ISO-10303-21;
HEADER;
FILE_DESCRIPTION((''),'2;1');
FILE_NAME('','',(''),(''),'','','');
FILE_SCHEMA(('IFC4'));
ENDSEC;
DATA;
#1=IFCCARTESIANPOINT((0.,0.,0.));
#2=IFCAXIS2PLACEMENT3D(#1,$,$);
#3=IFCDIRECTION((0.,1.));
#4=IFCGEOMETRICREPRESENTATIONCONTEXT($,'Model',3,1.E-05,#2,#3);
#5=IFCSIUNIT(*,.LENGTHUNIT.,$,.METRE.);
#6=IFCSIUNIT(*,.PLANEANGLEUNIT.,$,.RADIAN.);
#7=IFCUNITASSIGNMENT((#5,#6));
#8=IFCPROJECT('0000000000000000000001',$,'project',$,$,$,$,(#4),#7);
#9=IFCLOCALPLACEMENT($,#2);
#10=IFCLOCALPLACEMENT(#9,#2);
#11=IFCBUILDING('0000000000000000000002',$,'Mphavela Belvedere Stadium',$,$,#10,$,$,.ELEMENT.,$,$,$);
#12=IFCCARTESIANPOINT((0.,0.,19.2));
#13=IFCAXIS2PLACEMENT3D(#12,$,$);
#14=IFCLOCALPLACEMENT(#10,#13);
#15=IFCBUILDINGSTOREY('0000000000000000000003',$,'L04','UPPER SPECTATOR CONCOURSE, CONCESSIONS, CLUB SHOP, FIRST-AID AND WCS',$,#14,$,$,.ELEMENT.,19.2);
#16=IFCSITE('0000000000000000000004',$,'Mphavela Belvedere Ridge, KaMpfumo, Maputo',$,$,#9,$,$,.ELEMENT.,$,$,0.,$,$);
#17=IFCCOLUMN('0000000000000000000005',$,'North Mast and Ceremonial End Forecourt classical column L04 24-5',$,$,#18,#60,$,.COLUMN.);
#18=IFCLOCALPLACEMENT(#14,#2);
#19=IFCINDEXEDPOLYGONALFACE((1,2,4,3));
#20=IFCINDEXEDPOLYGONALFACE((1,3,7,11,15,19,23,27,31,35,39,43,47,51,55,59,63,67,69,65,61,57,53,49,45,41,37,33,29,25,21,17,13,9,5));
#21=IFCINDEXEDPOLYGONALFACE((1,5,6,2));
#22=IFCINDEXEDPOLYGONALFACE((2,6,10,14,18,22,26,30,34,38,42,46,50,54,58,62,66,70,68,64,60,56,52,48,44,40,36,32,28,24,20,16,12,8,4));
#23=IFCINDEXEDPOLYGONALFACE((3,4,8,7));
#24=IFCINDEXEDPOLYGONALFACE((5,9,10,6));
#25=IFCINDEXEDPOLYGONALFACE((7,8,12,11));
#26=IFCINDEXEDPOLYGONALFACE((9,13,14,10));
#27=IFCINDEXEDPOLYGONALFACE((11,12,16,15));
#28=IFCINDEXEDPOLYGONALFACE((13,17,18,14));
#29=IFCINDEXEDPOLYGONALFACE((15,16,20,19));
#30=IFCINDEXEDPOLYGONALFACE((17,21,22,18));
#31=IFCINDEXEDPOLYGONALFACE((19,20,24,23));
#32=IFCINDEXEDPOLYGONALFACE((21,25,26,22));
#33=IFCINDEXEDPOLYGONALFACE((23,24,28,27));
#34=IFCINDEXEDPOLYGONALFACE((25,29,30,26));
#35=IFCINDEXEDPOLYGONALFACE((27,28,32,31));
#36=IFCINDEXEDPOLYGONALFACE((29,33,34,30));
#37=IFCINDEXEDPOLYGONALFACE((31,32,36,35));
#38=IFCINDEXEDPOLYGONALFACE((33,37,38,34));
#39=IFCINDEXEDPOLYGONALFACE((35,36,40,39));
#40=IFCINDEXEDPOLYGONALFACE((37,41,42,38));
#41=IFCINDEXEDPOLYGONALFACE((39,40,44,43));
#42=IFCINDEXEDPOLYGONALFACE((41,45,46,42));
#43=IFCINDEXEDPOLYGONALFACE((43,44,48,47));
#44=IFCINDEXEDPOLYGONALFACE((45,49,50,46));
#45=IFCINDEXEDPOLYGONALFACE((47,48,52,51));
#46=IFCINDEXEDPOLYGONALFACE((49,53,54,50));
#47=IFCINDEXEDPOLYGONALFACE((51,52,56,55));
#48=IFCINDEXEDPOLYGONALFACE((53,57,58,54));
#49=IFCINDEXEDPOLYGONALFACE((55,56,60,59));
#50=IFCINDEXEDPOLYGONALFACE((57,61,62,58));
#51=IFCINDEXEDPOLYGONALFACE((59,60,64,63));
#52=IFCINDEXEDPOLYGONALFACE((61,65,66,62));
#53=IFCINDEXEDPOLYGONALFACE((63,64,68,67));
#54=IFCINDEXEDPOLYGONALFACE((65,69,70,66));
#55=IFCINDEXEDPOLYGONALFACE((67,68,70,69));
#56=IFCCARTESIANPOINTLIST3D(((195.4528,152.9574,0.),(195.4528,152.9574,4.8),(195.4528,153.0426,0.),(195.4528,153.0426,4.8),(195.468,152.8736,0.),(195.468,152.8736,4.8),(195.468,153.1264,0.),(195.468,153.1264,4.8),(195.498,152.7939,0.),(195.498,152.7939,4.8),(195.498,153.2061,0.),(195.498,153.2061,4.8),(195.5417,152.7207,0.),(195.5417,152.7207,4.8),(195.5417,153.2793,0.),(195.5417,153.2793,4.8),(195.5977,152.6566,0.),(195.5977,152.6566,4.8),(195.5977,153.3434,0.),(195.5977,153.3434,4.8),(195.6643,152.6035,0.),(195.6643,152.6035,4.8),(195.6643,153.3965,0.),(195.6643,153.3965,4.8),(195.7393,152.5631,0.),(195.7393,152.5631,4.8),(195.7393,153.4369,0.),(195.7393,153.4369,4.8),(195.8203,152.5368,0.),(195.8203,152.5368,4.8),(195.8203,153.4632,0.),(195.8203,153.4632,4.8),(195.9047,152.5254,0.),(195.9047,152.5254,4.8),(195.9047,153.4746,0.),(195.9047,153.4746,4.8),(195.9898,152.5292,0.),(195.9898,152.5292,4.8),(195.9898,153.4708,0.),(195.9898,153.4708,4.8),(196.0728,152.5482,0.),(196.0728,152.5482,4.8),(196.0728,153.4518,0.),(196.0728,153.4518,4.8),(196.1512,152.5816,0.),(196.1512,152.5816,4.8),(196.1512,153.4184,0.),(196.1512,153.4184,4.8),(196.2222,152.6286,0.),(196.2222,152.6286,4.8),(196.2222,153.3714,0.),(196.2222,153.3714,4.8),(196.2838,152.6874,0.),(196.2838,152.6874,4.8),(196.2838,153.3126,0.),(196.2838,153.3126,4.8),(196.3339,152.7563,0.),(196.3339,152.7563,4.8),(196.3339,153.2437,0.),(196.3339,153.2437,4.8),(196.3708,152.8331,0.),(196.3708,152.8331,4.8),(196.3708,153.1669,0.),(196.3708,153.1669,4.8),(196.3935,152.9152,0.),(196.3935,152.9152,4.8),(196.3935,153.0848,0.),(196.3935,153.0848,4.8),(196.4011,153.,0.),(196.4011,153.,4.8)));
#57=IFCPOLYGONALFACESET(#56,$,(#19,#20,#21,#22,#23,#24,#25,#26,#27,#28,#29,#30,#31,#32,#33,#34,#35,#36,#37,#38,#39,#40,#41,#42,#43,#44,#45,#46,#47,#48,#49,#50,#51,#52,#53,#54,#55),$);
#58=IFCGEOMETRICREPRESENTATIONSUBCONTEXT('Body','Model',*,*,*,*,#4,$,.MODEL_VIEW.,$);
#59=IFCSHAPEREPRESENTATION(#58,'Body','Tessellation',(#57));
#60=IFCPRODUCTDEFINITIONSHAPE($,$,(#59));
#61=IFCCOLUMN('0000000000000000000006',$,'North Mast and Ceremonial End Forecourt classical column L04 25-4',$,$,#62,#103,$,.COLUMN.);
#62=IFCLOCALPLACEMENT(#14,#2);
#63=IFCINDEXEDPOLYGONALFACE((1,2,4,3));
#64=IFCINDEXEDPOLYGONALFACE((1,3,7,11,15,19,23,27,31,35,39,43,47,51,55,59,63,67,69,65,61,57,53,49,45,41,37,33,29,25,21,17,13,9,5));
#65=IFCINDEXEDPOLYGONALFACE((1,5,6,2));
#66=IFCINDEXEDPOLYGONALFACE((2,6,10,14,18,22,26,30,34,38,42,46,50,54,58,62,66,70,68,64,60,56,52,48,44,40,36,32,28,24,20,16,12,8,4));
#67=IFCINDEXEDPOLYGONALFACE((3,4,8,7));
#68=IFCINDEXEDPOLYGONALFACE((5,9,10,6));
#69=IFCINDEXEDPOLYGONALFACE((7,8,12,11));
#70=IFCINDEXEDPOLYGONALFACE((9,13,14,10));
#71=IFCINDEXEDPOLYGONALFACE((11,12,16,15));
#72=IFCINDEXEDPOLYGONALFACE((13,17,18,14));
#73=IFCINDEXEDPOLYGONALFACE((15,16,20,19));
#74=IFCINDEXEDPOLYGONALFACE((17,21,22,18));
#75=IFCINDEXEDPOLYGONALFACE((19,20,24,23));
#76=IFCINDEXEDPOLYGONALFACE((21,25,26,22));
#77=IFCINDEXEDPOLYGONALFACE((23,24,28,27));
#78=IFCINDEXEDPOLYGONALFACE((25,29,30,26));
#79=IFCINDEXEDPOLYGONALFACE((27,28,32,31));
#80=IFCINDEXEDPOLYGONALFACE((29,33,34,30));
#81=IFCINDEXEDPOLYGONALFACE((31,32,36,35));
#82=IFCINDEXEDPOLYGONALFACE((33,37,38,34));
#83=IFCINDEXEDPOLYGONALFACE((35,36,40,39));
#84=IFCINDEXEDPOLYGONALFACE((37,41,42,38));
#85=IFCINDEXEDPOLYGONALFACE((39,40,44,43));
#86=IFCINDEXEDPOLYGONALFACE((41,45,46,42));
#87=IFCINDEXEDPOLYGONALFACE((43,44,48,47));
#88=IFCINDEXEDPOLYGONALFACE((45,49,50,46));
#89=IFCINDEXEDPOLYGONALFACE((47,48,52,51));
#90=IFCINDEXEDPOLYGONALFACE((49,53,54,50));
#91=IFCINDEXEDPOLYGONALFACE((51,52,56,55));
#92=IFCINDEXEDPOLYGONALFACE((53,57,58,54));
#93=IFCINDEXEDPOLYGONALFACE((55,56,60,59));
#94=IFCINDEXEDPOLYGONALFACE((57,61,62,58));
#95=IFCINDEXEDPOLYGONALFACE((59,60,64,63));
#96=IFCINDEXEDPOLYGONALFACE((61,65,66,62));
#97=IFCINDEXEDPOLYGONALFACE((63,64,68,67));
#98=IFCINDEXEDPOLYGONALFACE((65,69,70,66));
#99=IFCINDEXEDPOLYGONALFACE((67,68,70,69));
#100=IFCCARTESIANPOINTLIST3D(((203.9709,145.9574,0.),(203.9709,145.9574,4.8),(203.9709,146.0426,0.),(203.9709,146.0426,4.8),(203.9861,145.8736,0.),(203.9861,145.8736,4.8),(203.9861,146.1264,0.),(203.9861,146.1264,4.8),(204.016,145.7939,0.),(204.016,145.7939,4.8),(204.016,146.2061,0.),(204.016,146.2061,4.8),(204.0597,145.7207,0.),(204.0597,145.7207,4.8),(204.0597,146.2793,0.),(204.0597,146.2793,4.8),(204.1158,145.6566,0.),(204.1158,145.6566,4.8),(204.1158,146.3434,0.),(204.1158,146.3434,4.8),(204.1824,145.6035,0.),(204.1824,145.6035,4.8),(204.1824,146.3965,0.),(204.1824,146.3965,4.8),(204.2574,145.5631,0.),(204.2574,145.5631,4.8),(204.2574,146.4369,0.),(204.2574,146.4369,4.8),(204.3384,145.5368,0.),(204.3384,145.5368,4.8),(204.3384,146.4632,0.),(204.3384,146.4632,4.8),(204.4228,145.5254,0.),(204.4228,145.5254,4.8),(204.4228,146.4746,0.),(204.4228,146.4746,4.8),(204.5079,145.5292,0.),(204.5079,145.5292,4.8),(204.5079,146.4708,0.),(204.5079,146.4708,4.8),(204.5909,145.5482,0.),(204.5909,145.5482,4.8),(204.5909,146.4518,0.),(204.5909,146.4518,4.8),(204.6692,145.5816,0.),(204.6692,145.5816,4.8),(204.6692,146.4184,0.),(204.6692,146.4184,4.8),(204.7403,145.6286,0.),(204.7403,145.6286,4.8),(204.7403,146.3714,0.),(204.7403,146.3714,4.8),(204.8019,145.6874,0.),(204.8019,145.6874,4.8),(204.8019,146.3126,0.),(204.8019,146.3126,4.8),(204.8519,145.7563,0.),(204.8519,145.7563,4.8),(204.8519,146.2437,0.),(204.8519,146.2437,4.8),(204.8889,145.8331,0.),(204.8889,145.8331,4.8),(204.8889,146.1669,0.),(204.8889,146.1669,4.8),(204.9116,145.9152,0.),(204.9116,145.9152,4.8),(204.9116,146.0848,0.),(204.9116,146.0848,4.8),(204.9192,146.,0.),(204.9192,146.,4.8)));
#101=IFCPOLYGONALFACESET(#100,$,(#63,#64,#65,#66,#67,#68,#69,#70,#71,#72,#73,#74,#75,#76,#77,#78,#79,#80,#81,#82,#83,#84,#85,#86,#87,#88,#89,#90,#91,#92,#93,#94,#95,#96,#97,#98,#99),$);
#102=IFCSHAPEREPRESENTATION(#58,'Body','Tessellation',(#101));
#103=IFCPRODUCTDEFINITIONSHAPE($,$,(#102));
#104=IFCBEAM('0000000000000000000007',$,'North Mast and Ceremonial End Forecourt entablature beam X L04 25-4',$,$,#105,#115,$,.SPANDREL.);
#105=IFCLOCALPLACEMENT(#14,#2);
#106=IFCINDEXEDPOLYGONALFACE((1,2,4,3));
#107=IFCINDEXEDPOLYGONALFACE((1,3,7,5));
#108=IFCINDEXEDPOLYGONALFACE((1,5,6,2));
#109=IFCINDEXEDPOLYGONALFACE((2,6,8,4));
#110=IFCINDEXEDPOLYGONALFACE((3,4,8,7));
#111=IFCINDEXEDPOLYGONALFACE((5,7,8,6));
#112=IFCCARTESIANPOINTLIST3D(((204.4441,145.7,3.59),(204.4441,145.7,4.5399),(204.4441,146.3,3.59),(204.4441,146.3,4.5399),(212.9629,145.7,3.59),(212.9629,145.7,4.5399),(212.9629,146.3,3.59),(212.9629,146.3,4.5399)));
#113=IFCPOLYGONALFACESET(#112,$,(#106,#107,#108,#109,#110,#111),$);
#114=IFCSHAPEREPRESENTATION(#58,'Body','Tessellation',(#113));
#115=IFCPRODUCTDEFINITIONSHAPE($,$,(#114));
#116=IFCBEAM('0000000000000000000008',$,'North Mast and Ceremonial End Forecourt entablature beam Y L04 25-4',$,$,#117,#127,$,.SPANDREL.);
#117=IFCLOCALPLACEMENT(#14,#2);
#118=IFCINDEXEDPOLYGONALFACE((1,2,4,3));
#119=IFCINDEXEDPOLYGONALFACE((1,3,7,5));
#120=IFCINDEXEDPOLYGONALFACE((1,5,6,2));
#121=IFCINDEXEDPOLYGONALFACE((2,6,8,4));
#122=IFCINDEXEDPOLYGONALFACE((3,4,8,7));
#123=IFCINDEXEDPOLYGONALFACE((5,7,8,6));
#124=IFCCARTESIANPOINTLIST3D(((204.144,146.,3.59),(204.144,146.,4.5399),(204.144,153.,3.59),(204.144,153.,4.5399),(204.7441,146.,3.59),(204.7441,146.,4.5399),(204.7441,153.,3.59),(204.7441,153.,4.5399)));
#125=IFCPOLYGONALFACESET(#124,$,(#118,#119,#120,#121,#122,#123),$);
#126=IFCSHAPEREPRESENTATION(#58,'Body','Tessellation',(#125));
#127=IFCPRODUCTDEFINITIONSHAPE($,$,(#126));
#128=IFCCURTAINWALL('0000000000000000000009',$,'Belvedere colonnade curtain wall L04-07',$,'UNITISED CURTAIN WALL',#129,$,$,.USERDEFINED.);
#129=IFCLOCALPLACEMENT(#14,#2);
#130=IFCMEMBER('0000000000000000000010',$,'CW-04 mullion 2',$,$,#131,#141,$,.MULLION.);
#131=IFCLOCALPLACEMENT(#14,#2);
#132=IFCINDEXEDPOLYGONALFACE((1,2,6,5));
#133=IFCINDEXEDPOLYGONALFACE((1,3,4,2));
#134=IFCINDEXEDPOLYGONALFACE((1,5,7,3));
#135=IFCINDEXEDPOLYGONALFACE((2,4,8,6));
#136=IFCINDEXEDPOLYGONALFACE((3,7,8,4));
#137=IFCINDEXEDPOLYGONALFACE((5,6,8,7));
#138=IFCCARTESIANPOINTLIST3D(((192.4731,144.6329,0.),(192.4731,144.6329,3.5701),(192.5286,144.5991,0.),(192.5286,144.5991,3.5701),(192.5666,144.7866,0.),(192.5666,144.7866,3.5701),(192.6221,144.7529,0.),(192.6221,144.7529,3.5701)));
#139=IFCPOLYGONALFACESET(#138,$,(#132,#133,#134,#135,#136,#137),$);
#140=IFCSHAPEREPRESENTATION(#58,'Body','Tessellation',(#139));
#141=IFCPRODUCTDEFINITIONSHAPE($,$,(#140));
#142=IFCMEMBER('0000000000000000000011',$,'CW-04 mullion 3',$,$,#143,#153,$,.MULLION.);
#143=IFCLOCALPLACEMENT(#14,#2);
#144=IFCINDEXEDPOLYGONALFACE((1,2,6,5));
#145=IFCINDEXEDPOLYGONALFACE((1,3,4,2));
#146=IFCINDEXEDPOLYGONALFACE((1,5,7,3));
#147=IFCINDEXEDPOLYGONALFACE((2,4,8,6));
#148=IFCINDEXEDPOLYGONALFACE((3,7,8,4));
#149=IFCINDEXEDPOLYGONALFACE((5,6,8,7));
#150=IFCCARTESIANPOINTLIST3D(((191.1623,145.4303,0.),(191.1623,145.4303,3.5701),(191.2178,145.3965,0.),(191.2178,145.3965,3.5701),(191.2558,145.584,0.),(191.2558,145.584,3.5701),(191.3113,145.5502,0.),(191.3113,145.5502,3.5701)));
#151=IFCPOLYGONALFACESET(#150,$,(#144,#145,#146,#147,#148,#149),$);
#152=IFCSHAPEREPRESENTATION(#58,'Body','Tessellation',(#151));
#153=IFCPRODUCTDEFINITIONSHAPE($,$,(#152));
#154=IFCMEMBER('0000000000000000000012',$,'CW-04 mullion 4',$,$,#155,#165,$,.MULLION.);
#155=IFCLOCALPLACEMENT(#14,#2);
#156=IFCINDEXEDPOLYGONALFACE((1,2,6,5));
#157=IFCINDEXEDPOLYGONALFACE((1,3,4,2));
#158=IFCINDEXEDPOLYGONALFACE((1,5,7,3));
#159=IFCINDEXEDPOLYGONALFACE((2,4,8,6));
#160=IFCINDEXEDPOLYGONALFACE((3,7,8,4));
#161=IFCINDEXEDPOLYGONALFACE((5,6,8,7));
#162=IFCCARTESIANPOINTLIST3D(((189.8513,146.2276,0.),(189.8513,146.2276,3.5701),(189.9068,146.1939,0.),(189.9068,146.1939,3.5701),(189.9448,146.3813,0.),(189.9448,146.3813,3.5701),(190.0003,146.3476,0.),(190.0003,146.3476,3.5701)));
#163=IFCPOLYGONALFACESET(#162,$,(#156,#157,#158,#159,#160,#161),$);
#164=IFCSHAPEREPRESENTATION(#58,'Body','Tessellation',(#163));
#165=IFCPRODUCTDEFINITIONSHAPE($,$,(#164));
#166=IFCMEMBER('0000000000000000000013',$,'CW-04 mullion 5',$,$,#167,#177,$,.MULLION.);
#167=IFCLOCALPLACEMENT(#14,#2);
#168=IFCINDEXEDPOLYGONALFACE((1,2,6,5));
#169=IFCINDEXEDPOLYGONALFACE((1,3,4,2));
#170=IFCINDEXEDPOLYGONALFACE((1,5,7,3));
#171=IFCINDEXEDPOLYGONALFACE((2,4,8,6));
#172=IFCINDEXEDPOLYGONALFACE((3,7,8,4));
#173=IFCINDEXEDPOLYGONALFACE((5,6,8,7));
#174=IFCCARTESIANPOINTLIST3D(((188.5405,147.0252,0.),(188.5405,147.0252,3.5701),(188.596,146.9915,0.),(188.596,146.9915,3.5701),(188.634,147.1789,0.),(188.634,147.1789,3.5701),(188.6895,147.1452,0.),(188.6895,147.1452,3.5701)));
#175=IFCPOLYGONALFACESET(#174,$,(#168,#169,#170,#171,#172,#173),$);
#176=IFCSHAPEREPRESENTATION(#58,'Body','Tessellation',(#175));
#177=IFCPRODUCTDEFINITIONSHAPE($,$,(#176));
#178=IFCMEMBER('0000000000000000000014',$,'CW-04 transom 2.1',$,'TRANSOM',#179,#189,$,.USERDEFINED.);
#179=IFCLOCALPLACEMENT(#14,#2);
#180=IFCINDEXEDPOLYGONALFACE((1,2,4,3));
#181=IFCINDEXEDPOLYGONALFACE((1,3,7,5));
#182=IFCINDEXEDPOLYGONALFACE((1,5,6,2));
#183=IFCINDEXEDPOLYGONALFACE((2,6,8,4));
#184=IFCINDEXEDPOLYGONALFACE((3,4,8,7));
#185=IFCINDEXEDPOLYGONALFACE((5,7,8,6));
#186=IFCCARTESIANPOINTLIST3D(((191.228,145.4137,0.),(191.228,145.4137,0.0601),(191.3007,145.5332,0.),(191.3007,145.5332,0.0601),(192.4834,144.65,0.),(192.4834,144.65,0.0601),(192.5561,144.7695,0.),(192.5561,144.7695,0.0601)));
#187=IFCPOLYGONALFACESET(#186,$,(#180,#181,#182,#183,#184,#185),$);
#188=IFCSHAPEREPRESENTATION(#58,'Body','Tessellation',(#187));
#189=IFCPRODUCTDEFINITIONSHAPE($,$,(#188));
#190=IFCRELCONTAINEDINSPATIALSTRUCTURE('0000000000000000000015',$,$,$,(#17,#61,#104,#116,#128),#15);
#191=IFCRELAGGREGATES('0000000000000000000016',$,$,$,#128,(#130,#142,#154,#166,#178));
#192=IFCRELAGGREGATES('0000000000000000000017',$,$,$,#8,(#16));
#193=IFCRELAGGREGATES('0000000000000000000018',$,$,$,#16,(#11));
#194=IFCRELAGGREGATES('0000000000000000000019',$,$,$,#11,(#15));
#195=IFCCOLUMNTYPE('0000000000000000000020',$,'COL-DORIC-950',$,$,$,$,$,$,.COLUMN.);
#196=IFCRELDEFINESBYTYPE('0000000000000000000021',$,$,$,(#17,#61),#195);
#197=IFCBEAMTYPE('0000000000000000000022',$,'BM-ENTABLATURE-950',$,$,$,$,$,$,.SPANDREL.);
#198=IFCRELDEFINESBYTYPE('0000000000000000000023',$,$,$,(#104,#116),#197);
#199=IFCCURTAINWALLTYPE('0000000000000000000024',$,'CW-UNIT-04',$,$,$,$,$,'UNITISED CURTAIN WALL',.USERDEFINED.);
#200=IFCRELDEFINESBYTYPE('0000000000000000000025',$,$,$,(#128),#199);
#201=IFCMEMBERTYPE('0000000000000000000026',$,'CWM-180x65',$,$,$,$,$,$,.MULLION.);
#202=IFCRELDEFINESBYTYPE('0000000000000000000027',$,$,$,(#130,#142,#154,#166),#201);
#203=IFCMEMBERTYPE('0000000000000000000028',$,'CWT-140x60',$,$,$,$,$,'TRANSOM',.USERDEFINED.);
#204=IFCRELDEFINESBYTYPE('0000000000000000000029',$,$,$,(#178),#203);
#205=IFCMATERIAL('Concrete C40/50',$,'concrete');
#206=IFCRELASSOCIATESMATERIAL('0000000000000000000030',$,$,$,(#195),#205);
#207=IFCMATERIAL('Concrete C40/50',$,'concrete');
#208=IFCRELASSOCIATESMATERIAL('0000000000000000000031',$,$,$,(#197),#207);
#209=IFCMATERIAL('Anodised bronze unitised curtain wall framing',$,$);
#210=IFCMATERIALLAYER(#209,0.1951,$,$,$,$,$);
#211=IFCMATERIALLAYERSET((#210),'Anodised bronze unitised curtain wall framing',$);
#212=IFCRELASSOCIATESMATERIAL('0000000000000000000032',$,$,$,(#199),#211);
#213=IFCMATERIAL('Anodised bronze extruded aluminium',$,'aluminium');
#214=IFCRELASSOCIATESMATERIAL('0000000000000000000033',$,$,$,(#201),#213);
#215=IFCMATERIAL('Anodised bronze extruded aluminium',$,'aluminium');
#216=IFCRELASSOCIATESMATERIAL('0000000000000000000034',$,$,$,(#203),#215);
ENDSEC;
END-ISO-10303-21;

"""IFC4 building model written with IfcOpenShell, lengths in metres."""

from ifc_helpers import new_model, si_unit, direction, frame, origin, origin_2d, place, context, subcontext, project, spatial, rectangle, circle, extrude, material, layer, layer_set, material_profile, profile_set, type_object, element, aggregate, save


model = new_model("IFC4")

# Units and contexts
model_context = context("Model", 3, precision=1e-05, world=origin(), true_north=direction((0.0, 1.0)))
body_context = subcontext(model_context, "Body", "Model", "MODEL_VIEW")
ifc_project = project(units=[si_unit("LENGTHUNIT", "METRE"), si_unit("PLANEANGLEUNIT", "RADIAN")], contexts=[model_context])

# Site, building, storey
site_placement = place(None, origin())
site = spatial("IfcSite", under=ifc_project, at=site_placement, Name="Mphavela Belvedere Ridge, KaMpfumo, Maputo", CompositionType="ELEMENT", RefElevation=0.0)
building_placement = place(site_placement, origin())
building = spatial("IfcBuilding", under=site, at=building_placement, Name="Mphavela Belvedere Stadium", CompositionType="ELEMENT")
storey_placement = place(building_placement, frame((0.0, 0.0, 19.2)))
storey = spatial("IfcBuildingStorey", under=building, at=storey_placement, Name="L04", Description="UPPER SPECTATOR CONCOURSE, CONCESSIONS, CLUB SHOP, FIRST-AID AND WCS", CompositionType="ELEMENT", Elevation=19.2)

# Columns
ifc_material_1 = material(Name="Concrete C40/50", Category="concrete")
ifc_material_profile_1 = material_profile(ifc_material_1, circle(Radius=0.4751, at=origin_2d()), Name="COL D950")
ifc_profile_set_1 = profile_set([ifc_material_profile_1], Name="Concrete C40/50")
column_type = type_object("IfcColumnType", Name="COL-DORIC-950", PredefinedType="COLUMN", material=ifc_profile_set_1)
for number, where, z_axis, x_axis, name in (
    (1, (195.926, 153.0, 0.0), (0.0, 0.0, 1.0), (1.0, 0.0, 0.0), "North Mast and Ceremonial End Forecourt classical column L04 24-5"),
    (2, (204.4441, 146.0, 0.0), (0.0, 0.0, 1.0), (1.0, 0.0, 0.0), "North Mast and Ceremonial End Forecourt classical column L04 25-4"),
):
    element("IfcColumn", number, at=place(storey_placement, frame(where, z_axis=z_axis, x_axis=x_axis)), inside=storey, type_object=column_type, Name=name, PredefinedType="COLUMN", context=body_context, shape_type="SweptSolid", body=[
        extrude(circle(Radius=0.4751, at=origin_2d()), origin(), (0.0, 0.0, 1.0), 4.8),
    ])

# Beams
ifc_material_2 = material(Name="Concrete C40/50", Category="concrete")
ifc_material_profile_2 = material_profile(ifc_material_2, rectangle(XDim=0.6001, YDim=0.95, at=origin_2d()), Name="RC 600x950")
ifc_profile_set_2 = profile_set([ifc_material_profile_2], Name="Concrete C40/50")
beam_type = type_object("IfcBeamType", Name="BM-ENTABLATURE-950", PredefinedType="SPANDREL", material=ifc_profile_set_2)
beam_1_placement = place(storey_placement, frame((204.4441, 146.0, 4.0649), z_axis=(1.0, 0.0, 0.0), x_axis=(0.0, 1.0, 0.0)))
element("IfcBeam", 3, at=beam_1_placement, inside=storey, type_object=beam_type, Name="North Mast and Ceremonial End Forecourt entablature beam X L04 25-4", PredefinedType="SPANDREL", context=body_context, shape_type="SweptSolid", body=[
    extrude(rectangle(XDim=0.6001, YDim=0.95, at=origin_2d()), origin(), (0.0, 0.0, 1.0), 8.5188),
])
beam_2_placement = place(storey_placement, frame((204.4441, 146.0, 4.0649), z_axis=(0.0, 1.0, 0.0), x_axis=(-1.0, 0.0, 0.0)))
element("IfcBeam", 4, at=beam_2_placement, inside=storey, type_object=beam_type, Name="North Mast and Ceremonial End Forecourt entablature beam Y L04 25-4", PredefinedType="SPANDREL", context=body_context, shape_type="SweptSolid", body=[
    extrude(rectangle(XDim=0.6001, YDim=0.95, at=origin_2d()), origin(), (0.0, 0.0, 1.0), 7.0),
])

# Curtain wall, members
ifc_material_3 = material(Name="Anodised bronze unitised curtain wall framing")
ifc_layer_1 = layer(ifc_material_3, 0.1951)
ifc_layer_set_1 = layer_set([ifc_layer_1], Name="Anodised bronze unitised curtain wall framing")
curtain_wall_type = type_object("IfcCurtainWallType", Name="CW-UNIT-04", ElementType="UNITISED CURTAIN WALL", PredefinedType="USERDEFINED", material=ifc_layer_set_1)
curtain_wall_placement = place(storey_placement, origin())
curtain_wall = element("IfcCurtainWall", 5, at=curtain_wall_placement, inside=storey, type_object=curtain_wall_type, Name="Belvedere colonnade curtain wall L04-07", ObjectType="UNITISED CURTAIN WALL", PredefinedType="USERDEFINED")
ifc_material_4 = material(Name="Anodised bronze extruded aluminium", Category="aluminium")
ifc_material_profile_3 = material_profile(ifc_material_4, rectangle(XDim=0.1799, YDim=0.0649, at=origin_2d()), Name="CW-MUL 180x65")
ifc_profile_set_3 = profile_set([ifc_material_profile_3], Name="Anodised bronze extruded aluminium")
member_type_1 = type_object("IfcMemberType", Name="CWM-180x65", PredefinedType="MULLION", material=ifc_profile_set_3)
member_1_placement = place(storey_placement, frame((192.5476, 144.6929, 0.0), z_axis=(0.0, 0.0, 1.0), x_axis=(-0.519735, -0.854327, 0.0)))
member_1 = element("IfcMember", 6, at=member_1_placement, type_object=member_type_1, Name="CW-04 mullion 2", PredefinedType="MULLION", context=body_context, shape_type="SweptSolid", body=[
    extrude(rectangle(XDim=0.1799, YDim=0.0649, at=origin_2d()), origin(), (0.0, 0.0, 1.0), 3.5701),
])
member_2_placement = place(storey_placement, frame((191.2368, 145.4902, 0.0), z_axis=(0.0, 0.0, 1.0), x_axis=(-0.519735, -0.854327, 0.0)))
member_2 = element("IfcMember", 7, at=member_2_placement, type_object=member_type_1, Name="CW-04 mullion 3", PredefinedType="MULLION", context=body_context, shape_type="SweptSolid", body=[
    extrude(rectangle(XDim=0.1799, YDim=0.0649, at=origin_2d()), origin(), (0.0, 0.0, 1.0), 3.5701),
])
member_3_placement = place(storey_placement, frame((189.9258, 146.2876, 0.0), z_axis=(0.0, 0.0, 1.0), x_axis=(-0.519735, -0.854327, 0.0)))
member_3 = element("IfcMember", 8, at=member_3_placement, type_object=member_type_1, Name="CW-04 mullion 4", PredefinedType="MULLION", context=body_context, shape_type="SweptSolid", body=[
    extrude(rectangle(XDim=0.1799, YDim=0.0649, at=origin_2d()), origin(), (0.0, 0.0, 1.0), 3.5701),
])
member_4_placement = place(storey_placement, frame((188.615, 147.0852, 0.0), z_axis=(0.0, 0.0, 1.0), x_axis=(-0.519735, -0.854327, 0.0)))
member_4 = element("IfcMember", 9, at=member_4_placement, type_object=member_type_1, Name="CW-04 mullion 5", PredefinedType="MULLION", context=body_context, shape_type="SweptSolid", body=[
    extrude(rectangle(XDim=0.1799, YDim=0.0649, at=origin_2d()), origin(), (0.0, 0.0, 1.0), 3.5701),
])
ifc_material_5 = material(Name="Anodised bronze extruded aluminium", Category="aluminium")
ifc_material_profile_4 = material_profile(ifc_material_5, rectangle(XDim=0.1399, YDim=0.0601, at=origin_2d()), Name="CW-TRN 140x60")
ifc_profile_set_4 = profile_set([ifc_material_profile_4], Name="Anodised bronze extruded aluminium")
member_type_2 = type_object("IfcMemberType", Name="CWT-140x60", ElementType="TRANSOM", PredefinedType="USERDEFINED", material=ifc_profile_set_4)
member_5_placement = place(storey_placement, frame((192.5198, 144.7097, 0.03), z_axis=(-0.85434, 0.519715, 0.0), x_axis=(-0.519715, -0.85434, 0.0)))
member_5 = element("IfcMember", 10, at=member_5_placement, type_object=member_type_2, Name="CW-04 transom 2.1", ObjectType="TRANSOM", PredefinedType="USERDEFINED", context=body_context, shape_type="SweptSolid", body=[
    extrude(rectangle(XDim=0.1399, YDim=0.0601, at=origin_2d()), origin(), (0.0, 0.0, 1.0), 1.4695),
])
aggregate(curtain_wall, [member_1, member_2, member_3, member_4, member_5])

save(model, "model.ifc")
